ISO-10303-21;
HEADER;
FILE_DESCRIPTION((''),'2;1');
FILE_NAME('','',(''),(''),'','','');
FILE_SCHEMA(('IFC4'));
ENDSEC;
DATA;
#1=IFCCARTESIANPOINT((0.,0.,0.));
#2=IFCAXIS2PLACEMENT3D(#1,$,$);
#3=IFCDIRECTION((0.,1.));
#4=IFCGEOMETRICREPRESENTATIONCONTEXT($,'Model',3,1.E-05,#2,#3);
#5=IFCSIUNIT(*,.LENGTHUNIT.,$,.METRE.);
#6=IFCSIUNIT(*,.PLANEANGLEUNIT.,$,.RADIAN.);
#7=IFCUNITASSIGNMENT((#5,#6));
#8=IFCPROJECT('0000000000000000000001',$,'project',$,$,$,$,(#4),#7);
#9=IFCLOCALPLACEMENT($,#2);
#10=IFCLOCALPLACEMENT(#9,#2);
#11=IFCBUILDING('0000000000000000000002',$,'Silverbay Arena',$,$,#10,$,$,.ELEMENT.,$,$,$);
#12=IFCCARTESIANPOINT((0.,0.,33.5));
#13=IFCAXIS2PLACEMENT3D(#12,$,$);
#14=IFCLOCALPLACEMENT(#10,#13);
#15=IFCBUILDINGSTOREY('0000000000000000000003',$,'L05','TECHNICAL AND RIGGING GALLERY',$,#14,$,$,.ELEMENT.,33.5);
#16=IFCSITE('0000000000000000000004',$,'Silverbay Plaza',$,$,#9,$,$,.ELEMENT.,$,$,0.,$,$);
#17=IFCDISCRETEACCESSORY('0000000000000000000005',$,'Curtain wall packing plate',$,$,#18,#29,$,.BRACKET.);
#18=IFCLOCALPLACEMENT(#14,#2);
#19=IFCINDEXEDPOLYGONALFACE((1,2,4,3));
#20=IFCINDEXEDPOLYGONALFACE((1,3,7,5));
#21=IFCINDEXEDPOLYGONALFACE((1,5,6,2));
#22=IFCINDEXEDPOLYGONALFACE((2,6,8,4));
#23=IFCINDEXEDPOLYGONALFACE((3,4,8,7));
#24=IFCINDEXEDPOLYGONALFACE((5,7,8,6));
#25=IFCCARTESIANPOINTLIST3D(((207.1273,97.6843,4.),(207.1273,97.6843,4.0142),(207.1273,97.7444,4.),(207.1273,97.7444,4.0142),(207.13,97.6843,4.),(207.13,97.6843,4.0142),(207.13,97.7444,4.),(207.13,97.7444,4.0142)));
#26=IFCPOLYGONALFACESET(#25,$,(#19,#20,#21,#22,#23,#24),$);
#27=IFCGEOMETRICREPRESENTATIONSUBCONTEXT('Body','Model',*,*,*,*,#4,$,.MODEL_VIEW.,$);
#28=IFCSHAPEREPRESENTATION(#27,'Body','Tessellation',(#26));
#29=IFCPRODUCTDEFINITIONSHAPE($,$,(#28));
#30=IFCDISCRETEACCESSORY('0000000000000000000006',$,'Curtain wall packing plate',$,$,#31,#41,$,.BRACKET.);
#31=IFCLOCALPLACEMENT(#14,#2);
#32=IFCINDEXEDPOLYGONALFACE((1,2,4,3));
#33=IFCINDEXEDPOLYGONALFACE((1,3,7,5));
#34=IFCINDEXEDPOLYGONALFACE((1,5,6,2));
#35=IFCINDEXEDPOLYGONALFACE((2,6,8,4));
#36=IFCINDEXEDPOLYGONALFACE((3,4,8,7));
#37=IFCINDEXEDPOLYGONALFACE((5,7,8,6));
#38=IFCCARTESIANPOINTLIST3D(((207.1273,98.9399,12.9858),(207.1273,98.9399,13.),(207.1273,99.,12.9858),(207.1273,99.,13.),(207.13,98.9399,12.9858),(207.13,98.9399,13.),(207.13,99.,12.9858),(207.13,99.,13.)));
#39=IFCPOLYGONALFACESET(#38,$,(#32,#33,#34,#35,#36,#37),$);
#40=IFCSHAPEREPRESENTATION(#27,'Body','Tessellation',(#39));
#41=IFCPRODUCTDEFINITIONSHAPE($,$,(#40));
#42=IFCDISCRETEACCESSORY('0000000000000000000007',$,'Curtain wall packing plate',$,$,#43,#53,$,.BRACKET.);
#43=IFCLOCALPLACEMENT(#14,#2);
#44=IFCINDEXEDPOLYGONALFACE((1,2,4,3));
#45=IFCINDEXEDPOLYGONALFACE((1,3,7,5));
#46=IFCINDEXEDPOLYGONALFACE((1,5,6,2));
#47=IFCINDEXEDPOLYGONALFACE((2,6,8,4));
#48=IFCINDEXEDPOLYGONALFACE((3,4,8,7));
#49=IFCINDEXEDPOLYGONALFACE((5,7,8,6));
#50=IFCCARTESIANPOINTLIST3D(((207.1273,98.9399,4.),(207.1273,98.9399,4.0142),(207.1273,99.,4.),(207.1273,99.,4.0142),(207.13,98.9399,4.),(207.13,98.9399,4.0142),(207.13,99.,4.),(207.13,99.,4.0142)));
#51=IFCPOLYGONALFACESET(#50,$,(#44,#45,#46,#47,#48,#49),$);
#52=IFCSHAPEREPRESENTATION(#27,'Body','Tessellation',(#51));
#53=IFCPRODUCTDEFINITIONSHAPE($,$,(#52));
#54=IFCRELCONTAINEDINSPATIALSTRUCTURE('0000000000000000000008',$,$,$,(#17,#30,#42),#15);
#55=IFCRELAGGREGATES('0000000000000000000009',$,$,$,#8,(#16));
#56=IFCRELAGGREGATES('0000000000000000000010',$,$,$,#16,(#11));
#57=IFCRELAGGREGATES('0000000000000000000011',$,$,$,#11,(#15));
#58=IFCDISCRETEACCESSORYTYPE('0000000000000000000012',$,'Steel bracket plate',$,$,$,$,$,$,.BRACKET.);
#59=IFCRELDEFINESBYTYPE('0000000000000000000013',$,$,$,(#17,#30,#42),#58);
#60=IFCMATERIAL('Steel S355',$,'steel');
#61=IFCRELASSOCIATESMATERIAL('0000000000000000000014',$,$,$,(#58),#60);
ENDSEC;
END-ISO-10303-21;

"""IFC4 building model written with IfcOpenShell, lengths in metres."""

from ifc_helpers import new_model, si_unit, direction, frame, origin, origin_2d, place, context, subcontext, project, spatial, rectangle, extrude, material, type_object, element, save


model = new_model("IFC4")

# Units and contexts
model_context = context("Model", 3, precision=1e-05, world=origin(), true_north=direction((0.0, 1.0)))
body_context = subcontext(model_context, "Body", "Model", "MODEL_VIEW")
ifc_project = project(units=[si_unit("LENGTHUNIT", "METRE"), si_unit("PLANEANGLEUNIT", "RADIAN")], contexts=[model_context])

# Site, building, storey
site_placement = place(None, origin())
site = spatial("IfcSite", under=ifc_project, at=site_placement, Name="Silverbay Plaza", CompositionType="ELEMENT", RefElevation=0.0)
building_placement = place(site_placement, origin())
building = spatial("IfcBuilding", under=site, at=building_placement, Name="Silverbay Arena", CompositionType="ELEMENT")
storey_placement = place(building_placement, frame((0.0, 0.0, 33.5)))
storey = spatial("IfcBuildingStorey", under=building, at=storey_placement, Name="L05", Description="TECHNICAL AND RIGGING GALLERY", CompositionType="ELEMENT", Elevation=33.5)

# Discrete accessories
ifc_material_1 = material(Name="Steel S355", Category="steel")
discrete_accessory_type = type_object("IfcDiscreteAccessoryType", Name="Steel bracket plate", PredefinedType="BRACKET", material=ifc_material_1)
for number, where, z_axis, x_axis, name in (
    (1, (207.1287, 97.7144, 4.0), (0.0, 0.0, 1.0), (1.0, 0.0, 0.0), "Curtain wall packing plate"),
    (2, (207.1287, 98.97, 12.9858), (0.0, 0.0, 1.0), (1.0, 0.0, 0.0), "Curtain wall packing plate"),
    (3, (207.1287, 98.97, 4.0), (0.0, 0.0, 1.0), (1.0, 0.0, 0.0), "Curtain wall packing plate"),
):
    element("IfcDiscreteAccessory", number, at=place(storey_placement, frame(where, z_axis=z_axis, x_axis=x_axis)), inside=storey, type_object=discrete_accessory_type, Name=name, PredefinedType="BRACKET", context=body_context, shape_type="SweptSolid", body=[
        extrude(rectangle(XDim=0.0027, YDim=0.0601, at=origin_2d()), origin(), (0.0, 0.0, 1.0), 0.0142),
    ])

save(model, "model.ifc")
